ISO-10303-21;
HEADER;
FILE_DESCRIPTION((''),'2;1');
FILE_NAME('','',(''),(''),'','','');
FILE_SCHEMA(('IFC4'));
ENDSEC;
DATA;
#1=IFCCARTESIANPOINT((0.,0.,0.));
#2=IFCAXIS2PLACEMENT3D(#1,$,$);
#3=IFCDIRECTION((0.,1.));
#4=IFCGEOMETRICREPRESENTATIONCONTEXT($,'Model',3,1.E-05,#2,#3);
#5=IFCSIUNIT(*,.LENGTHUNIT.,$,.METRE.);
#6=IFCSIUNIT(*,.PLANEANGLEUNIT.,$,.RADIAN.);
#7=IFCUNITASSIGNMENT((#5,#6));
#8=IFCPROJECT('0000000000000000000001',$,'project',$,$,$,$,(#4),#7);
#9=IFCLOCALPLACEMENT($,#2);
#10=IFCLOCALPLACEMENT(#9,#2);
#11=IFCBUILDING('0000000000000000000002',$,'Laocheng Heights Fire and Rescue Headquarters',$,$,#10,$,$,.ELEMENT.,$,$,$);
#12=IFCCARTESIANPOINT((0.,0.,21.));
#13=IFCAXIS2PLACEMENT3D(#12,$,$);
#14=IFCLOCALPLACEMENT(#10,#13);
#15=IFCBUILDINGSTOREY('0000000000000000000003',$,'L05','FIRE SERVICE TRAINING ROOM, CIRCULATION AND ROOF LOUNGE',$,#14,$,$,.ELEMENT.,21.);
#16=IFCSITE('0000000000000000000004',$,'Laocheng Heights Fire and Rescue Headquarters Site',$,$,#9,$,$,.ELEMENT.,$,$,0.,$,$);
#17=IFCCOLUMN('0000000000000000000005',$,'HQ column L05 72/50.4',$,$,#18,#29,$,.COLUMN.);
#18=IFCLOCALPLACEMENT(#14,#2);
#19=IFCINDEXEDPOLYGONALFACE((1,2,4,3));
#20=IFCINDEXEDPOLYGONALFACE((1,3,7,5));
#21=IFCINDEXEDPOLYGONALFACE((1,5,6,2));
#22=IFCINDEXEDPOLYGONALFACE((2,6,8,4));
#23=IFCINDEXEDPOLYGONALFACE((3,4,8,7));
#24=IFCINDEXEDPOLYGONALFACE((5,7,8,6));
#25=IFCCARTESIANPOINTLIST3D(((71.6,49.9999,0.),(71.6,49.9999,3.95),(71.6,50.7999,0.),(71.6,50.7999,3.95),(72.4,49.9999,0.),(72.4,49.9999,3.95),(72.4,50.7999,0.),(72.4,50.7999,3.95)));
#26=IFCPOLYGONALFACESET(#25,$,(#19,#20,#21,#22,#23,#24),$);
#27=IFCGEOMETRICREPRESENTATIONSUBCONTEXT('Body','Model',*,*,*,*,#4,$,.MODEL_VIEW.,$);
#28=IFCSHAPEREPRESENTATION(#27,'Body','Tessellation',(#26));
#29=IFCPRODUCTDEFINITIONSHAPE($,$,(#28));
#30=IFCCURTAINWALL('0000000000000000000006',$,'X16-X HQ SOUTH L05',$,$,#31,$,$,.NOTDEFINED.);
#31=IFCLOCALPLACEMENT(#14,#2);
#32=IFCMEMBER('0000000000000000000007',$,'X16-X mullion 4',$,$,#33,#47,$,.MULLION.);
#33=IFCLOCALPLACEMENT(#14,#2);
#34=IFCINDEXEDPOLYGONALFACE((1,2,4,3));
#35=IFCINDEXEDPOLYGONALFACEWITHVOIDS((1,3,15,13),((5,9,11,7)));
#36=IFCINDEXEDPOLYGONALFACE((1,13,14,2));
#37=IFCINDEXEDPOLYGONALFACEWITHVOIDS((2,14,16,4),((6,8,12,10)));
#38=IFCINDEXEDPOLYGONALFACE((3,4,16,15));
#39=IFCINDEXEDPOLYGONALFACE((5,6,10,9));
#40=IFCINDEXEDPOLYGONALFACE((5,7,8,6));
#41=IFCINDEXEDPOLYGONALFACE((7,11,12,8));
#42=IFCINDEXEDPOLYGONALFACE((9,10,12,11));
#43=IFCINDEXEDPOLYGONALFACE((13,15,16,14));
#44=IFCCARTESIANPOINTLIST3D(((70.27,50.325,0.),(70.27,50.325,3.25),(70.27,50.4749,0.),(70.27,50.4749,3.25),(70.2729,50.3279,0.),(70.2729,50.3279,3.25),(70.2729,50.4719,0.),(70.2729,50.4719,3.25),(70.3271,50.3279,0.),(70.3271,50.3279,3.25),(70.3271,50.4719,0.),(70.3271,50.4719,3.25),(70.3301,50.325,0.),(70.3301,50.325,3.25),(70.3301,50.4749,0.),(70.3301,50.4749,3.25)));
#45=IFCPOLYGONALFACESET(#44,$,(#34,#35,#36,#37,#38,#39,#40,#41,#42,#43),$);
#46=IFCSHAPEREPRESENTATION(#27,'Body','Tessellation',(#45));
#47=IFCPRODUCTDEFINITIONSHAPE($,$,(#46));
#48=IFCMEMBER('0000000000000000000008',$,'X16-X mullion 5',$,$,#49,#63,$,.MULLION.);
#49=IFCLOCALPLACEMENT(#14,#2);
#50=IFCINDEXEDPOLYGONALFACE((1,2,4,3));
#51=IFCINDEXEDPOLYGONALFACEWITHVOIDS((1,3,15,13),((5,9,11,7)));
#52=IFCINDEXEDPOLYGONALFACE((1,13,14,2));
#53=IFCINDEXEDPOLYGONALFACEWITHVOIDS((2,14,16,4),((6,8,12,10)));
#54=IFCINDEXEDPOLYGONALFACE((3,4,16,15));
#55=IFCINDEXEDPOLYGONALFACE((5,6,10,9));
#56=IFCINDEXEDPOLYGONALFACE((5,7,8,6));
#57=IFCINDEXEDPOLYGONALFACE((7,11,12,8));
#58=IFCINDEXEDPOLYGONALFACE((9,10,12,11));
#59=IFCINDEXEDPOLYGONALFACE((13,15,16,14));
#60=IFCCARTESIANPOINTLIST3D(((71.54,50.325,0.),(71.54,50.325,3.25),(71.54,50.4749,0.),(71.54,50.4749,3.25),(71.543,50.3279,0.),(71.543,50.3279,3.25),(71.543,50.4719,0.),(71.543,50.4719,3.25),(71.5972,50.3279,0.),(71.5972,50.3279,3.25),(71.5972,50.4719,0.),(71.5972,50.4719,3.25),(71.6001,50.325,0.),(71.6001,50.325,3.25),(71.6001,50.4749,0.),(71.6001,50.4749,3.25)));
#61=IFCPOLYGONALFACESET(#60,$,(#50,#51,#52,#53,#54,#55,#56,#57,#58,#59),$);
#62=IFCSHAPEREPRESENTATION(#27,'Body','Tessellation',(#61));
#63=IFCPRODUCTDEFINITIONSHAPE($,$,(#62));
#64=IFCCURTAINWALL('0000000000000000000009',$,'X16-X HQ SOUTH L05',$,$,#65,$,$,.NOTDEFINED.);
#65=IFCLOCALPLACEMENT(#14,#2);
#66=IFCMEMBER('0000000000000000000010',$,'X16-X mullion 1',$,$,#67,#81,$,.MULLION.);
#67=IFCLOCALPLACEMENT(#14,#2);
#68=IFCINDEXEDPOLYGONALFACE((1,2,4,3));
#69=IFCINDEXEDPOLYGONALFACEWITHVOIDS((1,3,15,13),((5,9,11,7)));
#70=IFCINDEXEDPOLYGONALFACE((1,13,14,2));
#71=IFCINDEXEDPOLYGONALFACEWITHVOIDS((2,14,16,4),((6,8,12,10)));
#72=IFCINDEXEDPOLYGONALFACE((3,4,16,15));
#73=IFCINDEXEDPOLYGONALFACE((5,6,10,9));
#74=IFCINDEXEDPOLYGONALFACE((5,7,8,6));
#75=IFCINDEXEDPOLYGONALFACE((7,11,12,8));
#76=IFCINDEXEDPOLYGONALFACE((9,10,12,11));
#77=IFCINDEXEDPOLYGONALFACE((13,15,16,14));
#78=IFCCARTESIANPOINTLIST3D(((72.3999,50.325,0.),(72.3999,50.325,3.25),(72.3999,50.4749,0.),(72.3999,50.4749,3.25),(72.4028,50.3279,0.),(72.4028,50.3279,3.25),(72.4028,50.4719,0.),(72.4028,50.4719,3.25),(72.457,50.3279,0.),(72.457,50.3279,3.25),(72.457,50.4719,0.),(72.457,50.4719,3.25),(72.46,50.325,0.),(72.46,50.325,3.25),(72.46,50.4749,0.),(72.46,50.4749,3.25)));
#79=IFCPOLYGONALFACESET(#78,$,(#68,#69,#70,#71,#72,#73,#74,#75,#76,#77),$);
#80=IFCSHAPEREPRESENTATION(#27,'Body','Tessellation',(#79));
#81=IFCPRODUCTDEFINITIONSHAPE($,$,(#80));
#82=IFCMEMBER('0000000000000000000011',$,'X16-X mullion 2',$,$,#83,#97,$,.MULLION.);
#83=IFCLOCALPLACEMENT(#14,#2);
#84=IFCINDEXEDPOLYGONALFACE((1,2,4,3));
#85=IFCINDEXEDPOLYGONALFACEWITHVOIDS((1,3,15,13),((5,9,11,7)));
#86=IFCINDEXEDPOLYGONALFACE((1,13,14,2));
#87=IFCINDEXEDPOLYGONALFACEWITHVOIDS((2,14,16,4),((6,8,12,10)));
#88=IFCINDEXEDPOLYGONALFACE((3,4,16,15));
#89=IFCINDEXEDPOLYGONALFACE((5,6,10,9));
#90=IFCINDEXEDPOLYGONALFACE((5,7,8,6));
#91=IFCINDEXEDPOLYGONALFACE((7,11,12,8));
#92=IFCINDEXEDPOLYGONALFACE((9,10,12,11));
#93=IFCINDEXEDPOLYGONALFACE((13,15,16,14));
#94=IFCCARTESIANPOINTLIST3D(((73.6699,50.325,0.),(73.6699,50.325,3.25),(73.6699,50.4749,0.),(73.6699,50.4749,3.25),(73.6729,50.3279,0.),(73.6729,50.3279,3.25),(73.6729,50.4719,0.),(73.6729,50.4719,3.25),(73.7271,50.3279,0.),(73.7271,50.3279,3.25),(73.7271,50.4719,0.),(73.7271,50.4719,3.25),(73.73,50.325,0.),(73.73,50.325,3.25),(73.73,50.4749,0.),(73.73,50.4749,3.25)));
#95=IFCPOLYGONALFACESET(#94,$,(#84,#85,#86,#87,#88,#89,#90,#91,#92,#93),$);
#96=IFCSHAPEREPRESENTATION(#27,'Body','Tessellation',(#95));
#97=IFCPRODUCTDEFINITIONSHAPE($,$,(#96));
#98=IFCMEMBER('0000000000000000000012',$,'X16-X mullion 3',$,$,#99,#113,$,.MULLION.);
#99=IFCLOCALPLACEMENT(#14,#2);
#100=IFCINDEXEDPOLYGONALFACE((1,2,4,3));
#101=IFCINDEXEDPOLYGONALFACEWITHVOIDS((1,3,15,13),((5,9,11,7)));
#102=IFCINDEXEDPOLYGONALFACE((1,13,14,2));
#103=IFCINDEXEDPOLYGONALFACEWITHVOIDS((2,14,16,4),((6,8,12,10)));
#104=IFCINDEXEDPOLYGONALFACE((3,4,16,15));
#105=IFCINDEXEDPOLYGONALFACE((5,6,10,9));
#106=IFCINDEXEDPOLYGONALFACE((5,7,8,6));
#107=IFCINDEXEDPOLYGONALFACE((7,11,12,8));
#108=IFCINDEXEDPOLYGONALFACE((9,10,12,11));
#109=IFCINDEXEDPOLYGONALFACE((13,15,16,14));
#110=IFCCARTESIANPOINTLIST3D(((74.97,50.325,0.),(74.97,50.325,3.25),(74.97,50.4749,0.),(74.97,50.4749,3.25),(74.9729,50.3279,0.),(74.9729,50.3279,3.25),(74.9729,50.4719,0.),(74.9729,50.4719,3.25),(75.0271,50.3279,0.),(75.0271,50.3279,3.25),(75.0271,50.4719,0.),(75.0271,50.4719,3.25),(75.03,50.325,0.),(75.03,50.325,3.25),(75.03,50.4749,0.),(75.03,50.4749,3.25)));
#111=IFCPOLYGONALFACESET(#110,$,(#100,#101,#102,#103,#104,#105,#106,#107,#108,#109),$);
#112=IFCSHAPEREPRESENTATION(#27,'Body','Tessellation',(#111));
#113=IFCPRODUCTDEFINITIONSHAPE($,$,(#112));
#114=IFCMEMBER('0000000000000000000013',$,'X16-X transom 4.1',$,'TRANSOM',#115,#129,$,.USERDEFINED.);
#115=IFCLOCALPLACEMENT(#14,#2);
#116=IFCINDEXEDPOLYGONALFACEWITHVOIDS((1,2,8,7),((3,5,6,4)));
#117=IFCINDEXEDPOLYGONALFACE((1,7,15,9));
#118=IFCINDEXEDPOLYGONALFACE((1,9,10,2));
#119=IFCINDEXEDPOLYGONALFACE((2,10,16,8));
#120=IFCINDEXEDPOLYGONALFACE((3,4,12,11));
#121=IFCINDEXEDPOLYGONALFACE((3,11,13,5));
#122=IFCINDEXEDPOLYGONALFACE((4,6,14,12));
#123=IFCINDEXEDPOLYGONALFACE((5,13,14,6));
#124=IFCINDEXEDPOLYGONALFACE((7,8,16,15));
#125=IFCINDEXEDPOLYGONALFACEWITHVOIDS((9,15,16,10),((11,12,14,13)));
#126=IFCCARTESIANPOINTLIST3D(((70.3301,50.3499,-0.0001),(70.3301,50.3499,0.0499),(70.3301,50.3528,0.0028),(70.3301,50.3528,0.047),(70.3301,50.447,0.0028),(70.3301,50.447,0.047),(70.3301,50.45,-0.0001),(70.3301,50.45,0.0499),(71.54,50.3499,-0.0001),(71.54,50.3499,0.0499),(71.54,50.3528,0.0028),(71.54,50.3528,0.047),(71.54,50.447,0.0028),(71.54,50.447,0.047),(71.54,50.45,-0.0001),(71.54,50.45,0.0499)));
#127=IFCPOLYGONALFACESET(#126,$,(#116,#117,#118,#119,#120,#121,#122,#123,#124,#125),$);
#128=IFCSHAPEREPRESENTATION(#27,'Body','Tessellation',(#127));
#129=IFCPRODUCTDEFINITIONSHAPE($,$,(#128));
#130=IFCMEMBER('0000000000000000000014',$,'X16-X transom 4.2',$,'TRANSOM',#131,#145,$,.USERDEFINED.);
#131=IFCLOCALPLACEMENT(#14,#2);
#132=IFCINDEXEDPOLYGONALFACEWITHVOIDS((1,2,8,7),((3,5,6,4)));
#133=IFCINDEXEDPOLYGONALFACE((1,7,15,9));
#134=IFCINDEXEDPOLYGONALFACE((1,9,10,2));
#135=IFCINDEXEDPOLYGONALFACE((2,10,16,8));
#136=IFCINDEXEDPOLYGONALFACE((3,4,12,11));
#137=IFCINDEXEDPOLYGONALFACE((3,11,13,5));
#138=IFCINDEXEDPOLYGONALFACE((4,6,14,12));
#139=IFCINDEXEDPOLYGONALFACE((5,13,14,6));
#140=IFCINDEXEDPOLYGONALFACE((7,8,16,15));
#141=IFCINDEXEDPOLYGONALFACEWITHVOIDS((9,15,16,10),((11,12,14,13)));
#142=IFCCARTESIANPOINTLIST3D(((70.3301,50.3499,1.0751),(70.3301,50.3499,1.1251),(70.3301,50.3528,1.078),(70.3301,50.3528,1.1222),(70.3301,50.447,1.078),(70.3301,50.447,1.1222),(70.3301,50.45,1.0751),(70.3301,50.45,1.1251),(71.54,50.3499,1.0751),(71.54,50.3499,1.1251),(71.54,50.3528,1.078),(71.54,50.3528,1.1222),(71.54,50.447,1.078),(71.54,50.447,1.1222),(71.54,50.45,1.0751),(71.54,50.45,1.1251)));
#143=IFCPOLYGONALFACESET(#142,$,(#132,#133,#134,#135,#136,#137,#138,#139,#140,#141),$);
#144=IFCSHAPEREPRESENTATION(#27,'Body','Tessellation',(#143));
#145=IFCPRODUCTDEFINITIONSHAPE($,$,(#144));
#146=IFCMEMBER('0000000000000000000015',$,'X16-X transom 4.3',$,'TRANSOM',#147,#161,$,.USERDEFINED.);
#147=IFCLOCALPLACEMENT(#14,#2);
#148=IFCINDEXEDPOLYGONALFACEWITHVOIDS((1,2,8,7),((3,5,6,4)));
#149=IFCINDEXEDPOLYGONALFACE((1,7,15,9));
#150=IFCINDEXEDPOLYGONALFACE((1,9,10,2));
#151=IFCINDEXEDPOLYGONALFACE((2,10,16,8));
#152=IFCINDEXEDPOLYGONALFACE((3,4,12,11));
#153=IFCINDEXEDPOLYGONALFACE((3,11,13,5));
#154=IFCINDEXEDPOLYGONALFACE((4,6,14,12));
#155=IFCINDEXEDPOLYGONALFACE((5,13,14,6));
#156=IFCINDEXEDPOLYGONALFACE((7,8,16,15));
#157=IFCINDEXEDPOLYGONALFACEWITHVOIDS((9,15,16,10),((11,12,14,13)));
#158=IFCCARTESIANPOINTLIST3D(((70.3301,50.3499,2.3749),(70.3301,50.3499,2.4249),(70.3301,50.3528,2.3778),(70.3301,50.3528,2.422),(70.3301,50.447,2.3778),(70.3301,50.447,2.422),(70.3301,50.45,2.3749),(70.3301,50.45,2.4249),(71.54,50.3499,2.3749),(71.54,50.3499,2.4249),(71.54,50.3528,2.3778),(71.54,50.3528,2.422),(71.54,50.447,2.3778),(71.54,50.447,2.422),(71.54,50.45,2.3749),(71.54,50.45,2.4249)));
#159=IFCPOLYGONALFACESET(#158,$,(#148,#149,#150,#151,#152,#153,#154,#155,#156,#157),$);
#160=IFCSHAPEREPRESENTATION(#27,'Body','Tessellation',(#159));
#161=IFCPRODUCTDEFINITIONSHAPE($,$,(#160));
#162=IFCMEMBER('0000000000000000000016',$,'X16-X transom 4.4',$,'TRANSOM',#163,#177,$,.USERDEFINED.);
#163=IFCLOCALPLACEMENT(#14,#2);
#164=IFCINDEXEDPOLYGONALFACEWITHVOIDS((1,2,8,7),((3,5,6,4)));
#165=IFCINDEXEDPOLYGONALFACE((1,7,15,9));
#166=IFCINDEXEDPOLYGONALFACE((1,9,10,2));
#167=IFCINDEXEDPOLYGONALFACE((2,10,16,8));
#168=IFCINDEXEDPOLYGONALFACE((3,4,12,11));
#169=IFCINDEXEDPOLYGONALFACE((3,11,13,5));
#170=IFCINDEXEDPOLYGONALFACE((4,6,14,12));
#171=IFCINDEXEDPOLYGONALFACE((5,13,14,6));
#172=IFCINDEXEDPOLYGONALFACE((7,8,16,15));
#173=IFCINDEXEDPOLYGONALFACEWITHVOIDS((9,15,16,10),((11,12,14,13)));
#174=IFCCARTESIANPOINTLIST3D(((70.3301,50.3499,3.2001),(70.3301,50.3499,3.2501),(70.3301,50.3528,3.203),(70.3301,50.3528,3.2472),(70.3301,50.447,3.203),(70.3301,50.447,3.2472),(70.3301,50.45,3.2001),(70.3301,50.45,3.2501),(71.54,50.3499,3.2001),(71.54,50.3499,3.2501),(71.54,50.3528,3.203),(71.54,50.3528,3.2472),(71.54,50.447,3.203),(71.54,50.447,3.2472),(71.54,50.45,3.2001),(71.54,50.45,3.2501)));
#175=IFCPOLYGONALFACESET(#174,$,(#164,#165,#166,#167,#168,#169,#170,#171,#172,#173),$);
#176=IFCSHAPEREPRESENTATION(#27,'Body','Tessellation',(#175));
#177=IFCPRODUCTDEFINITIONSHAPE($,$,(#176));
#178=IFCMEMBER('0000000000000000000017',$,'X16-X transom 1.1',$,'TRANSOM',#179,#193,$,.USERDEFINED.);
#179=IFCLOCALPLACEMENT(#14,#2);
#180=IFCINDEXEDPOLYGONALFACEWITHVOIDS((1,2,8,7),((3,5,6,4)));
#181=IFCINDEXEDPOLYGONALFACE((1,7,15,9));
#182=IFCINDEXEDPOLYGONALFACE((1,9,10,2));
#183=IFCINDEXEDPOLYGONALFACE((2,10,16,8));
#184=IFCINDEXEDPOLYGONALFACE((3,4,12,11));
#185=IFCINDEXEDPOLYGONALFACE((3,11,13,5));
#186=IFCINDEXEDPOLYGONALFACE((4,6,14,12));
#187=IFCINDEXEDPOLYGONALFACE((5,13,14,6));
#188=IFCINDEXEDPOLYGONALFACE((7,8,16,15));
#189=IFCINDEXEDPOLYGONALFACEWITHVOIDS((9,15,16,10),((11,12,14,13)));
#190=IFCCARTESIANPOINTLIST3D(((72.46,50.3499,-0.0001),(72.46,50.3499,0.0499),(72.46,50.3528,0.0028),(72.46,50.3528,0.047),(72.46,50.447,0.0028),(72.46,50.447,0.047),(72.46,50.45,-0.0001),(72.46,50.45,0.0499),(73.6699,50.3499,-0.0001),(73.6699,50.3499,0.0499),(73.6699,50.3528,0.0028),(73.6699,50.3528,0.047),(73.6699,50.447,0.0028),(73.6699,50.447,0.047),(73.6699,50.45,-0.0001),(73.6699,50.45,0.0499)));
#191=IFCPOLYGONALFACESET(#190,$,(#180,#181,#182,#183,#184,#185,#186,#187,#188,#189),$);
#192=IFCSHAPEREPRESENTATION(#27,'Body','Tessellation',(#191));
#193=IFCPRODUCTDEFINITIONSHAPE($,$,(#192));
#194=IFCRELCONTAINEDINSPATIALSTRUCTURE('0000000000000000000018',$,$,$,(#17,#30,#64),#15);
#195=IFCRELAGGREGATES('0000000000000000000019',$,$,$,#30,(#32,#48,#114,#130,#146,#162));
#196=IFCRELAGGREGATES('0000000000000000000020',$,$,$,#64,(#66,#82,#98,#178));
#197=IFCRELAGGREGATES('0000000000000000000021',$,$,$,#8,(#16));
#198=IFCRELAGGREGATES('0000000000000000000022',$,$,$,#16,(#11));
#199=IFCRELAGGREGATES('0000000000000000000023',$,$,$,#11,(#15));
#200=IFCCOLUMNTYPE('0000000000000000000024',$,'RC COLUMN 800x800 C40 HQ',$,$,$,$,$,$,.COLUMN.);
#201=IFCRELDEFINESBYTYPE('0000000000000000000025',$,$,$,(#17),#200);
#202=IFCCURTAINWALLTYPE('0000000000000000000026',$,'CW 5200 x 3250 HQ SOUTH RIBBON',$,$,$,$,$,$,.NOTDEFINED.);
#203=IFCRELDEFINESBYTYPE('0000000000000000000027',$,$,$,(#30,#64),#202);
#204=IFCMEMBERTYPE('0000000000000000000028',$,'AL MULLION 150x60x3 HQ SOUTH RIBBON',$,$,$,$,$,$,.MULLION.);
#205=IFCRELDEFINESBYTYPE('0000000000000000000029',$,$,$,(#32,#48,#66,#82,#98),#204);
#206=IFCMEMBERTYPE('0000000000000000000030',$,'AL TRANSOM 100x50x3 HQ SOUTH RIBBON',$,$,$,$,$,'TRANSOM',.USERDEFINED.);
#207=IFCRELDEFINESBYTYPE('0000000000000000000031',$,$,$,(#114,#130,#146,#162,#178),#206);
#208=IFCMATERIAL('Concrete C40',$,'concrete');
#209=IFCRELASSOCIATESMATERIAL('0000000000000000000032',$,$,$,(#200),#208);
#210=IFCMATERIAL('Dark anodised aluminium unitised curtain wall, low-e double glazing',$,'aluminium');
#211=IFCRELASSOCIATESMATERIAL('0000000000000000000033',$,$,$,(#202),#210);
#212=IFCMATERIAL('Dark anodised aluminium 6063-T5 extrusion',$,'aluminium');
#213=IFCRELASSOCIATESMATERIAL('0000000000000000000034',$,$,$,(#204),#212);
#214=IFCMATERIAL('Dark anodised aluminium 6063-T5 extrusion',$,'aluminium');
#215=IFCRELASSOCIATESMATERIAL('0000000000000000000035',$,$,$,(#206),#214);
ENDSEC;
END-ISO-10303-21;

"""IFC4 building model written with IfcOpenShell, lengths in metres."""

from ifc_helpers import new_model, si_unit, direction, frame, origin, origin_2d, place, context, subcontext, project, spatial, rectangle, hollow_rectangle, extrude, material, material_profile, profile_set, type_object, element, aggregate, save


model = new_model("IFC4")

# Units and contexts
model_context = context("Model", 3, precision=1e-05, world=origin(), true_north=direction((0.0, 1.0)))
body_context = subcontext(model_context, "Body", "Model", "MODEL_VIEW")
ifc_project = project(units=[si_unit("LENGTHUNIT", "METRE"), si_unit("PLANEANGLEUNIT", "RADIAN")], contexts=[model_context])

# Site, building, storey
site_placement = place(None, origin())
site = spatial("IfcSite", under=ifc_project, at=site_placement, Name="Laocheng Heights Fire and Rescue Headquarters Site", CompositionType="ELEMENT", RefElevation=0.0)
building_placement = place(site_placement, origin())
building = spatial("IfcBuilding", under=site, at=building_placement, Name="Laocheng Heights Fire and Rescue Headquarters", CompositionType="ELEMENT")
storey_placement = place(building_placement, frame((0.0, 0.0, 21.0)))
storey = spatial("IfcBuildingStorey", under=building, at=storey_placement, Name="L05", Description="FIRE SERVICE TRAINING ROOM, CIRCULATION AND ROOF LOUNGE", CompositionType="ELEMENT", Elevation=21.0)

# Column
ifc_material_1 = material(Name="Concrete C40", Category="concrete")
ifc_material_profile_1 = material_profile(ifc_material_1, rectangle(XDim=0.8, YDim=0.8, at=origin_2d()), Name="RC COLUMN 800x800 C40 HQ")
ifc_profile_set_1 = profile_set([ifc_material_profile_1], Name="Concrete C40")
column_type = type_object("IfcColumnType", Name="RC COLUMN 800x800 C40 HQ", PredefinedType="COLUMN", material=ifc_profile_set_1)
column_placement = place(storey_placement, frame((72.0, 50.3999, 0.0), z_axis=(0.0, 0.0, 1.0), x_axis=(1.0, 0.0, 0.0)))
element("IfcColumn", 1, at=column_placement, inside=storey, type_object=column_type, Name="HQ column L05 72/50.4", PredefinedType="COLUMN", context=body_context, shape_type="SweptSolid", body=[
    extrude(rectangle(XDim=0.8, YDim=0.8, at=origin_2d()), origin(), (0.0, 0.0, 1.0), 3.95),
])

# Curtain walls, members
ifc_material_2 = material(Name="Dark anodised aluminium unitised curtain wall, low-e double glazing", Category="aluminium")
curtain_wall_type = type_object("IfcCurtainWallType", Name="CW 5200 x 3250 HQ SOUTH RIBBON", PredefinedType="NOTDEFINED", material=ifc_material_2)
curtain_wall_1_placement = place(storey_placement, origin())
curtain_wall_1 = element("IfcCurtainWall", 2, at=curtain_wall_1_placement, inside=storey, type_object=curtain_wall_type, Name="X16-X HQ SOUTH L05", PredefinedType="NOTDEFINED")
ifc_material_3 = material(Name="Dark anodised aluminium 6063-T5 extrusion", Category="aluminium")
ifc_material_profile_2 = material_profile(ifc_material_3, hollow_rectangle(XDim=0.1499, YDim=0.0601, WallThickness=0.0029, at=origin_2d()), Name="AL MULLION 150x60x3 HQ SOUTH RIBBON")
ifc_profile_set_2 = profile_set([ifc_material_profile_2], Name="Dark anodised aluminium 6063-T5 extrusion")
member_type_1 = type_object("IfcMemberType", Name="AL MULLION 150x60x3 HQ SOUTH RIBBON", PredefinedType="MULLION", material=ifc_profile_set_2)
member_1_placement = place(storey_placement, frame((70.3, 50.3999, 0.0), z_axis=(0.0, 0.0, 1.0), x_axis=(0.0, 1.0, 0.0)))
member_1 = element("IfcMember", 3, at=member_1_placement, type_object=member_type_1, Name="X16-X mullion 4", PredefinedType="MULLION", context=body_context, shape_type="SweptSolid", body=[
    extrude(hollow_rectangle(XDim=0.1499, YDim=0.0601, WallThickness=0.0029, at=origin_2d()), origin(), (0.0, 0.0, 1.0), 3.25),
])
member_2_placement = place(storey_placement, frame((71.5701, 50.3999, 0.0), z_axis=(0.0, 0.0, 1.0), x_axis=(0.0, 1.0, 0.0)))
member_2 = element("IfcMember", 4, at=member_2_placement, type_object=member_type_1, Name="X16-X mullion 5", PredefinedType="MULLION", context=body_context, shape_type="SweptSolid", body=[
    extrude(hollow_rectangle(XDim=0.1499, YDim=0.0601, WallThickness=0.0029, at=origin_2d()), origin(), (0.0, 0.0, 1.0), 3.25),
])
curtain_wall_2_placement = place(storey_placement, origin())
curtain_wall_2 = element("IfcCurtainWall", 5, at=curtain_wall_2_placement, inside=storey, type_object=curtain_wall_type, Name="X16-X HQ SOUTH L05", PredefinedType="NOTDEFINED")
member_3_placement = place(storey_placement, frame((72.4299, 50.3999, 0.0), z_axis=(0.0, 0.0, 1.0), x_axis=(0.0, 1.0, 0.0)))
member_3 = element("IfcMember", 6, at=member_3_placement, type_object=member_type_1, Name="X16-X mullion 1", PredefinedType="MULLION", context=body_context, shape_type="SweptSolid", body=[
    extrude(hollow_rectangle(XDim=0.1499, YDim=0.0601, WallThickness=0.0029, at=origin_2d()), origin(), (0.0, 0.0, 1.0), 3.25),
])
member_4_placement = place(storey_placement, frame((73.7, 50.3999, 0.0), z_axis=(0.0, 0.0, 1.0), x_axis=(0.0, 1.0, 0.0)))
member_4 = element("IfcMember", 7, at=member_4_placement, type_object=member_type_1, Name="X16-X mullion 2", PredefinedType="MULLION", context=body_context, shape_type="SweptSolid", body=[
    extrude(hollow_rectangle(XDim=0.1499, YDim=0.0601, WallThickness=0.0029, at=origin_2d()), origin(), (0.0, 0.0, 1.0), 3.25),
])
member_5_placement = place(storey_placement, frame((75.0, 50.3999, 0.0), z_axis=(0.0, 0.0, 1.0), x_axis=(0.0, 1.0, 0.0)))
member_5 = element("IfcMember", 8, at=member_5_placement, type_object=member_type_1, Name="X16-X mullion 3", PredefinedType="MULLION", context=body_context, shape_type="SweptSolid", body=[
    extrude(hollow_rectangle(XDim=0.1499, YDim=0.0601, WallThickness=0.0029, at=origin_2d()), origin(), (0.0, 0.0, 1.0), 3.25),
])

# Members
ifc_material_4 = material(Name="Dark anodised aluminium 6063-T5 extrusion", Category="aluminium")
ifc_material_profile_3 = material_profile(ifc_material_4, hollow_rectangle(XDim=0.1001, YDim=0.05, WallThickness=0.0029, at=origin_2d()), Name="AL TRANSOM 100x50x3 HQ SOUTH RIBBON")
ifc_profile_set_3 = profile_set([ifc_material_profile_3], Name="Dark anodised aluminium 6063-T5 extrusion")
member_type_2 = type_object("IfcMemberType", Name="AL TRANSOM 100x50x3 HQ SOUTH RIBBON", ElementType="TRANSOM", PredefinedType="USERDEFINED", material=ifc_profile_set_3)
member_6_placement = place(storey_placement, frame((70.3301, 50.3999, 0.0249), z_axis=(1.0, 0.0, 0.0), x_axis=(0.0, 1.0, 0.0)))
member_6 = element("IfcMember", 9, at=member_6_placement, type_object=member_type_2, Name="X16-X transom 4.1", ObjectType="TRANSOM", PredefinedType="USERDEFINED", context=body_context, shape_type="SweptSolid", body=[
    extrude(hollow_rectangle(XDim=0.1001, YDim=0.05, WallThickness=0.0029, at=origin_2d()), origin(), (0.0, 0.0, 1.0), 1.21),
])
member_7_placement = place(storey_placement, frame((70.3301, 50.3999, 1.1001), z_axis=(1.0, 0.0, 0.0), x_axis=(0.0, 1.0, 0.0)))
member_7 = element("IfcMember", 10, at=member_7_placement, type_object=member_type_2, Name="X16-X transom 4.2", ObjectType="TRANSOM", PredefinedType="USERDEFINED", context=body_context, shape_type="SweptSolid", body=[
    extrude(hollow_rectangle(XDim=0.1001, YDim=0.05, WallThickness=0.0029, at=origin_2d()), origin(), (0.0, 0.0, 1.0), 1.21),
])
member_8_placement = place(storey_placement, frame((70.3301, 50.3999, 2.3999), z_axis=(1.0, 0.0, 0.0), x_axis=(0.0, 1.0, 0.0)))
member_8 = element("IfcMember", 11, at=member_8_placement, type_object=member_type_2, Name="X16-X transom 4.3", ObjectType="TRANSOM", PredefinedType="USERDEFINED", context=body_context, shape_type="SweptSolid", body=[
    extrude(hollow_rectangle(XDim=0.1001, YDim=0.05, WallThickness=0.0029, at=origin_2d()), origin(), (0.0, 0.0, 1.0), 1.21),
])
member_9_placement = place(storey_placement, frame((70.3301, 50.3999, 3.2251), z_axis=(1.0, 0.0, 0.0), x_axis=(0.0, 1.0, 0.0)))
member_9 = element("IfcMember", 12, at=member_9_placement, type_object=member_type_2, Name="X16-X transom 4.4", ObjectType="TRANSOM", PredefinedType="USERDEFINED", context=body_context, shape_type="SweptSolid", body=[
    extrude(hollow_rectangle(XDim=0.1001, YDim=0.05, WallThickness=0.0029, at=origin_2d()), origin(), (0.0, 0.0, 1.0), 1.21),
])
member_10_placement = place(storey_placement, frame((72.46, 50.3999, 0.0249), z_axis=(1.0, 0.0, 0.0), x_axis=(0.0, 1.0, 0.0)))
member_10 = element("IfcMember", 13, at=member_10_placement, type_object=member_type_2, Name="X16-X transom 1.1", ObjectType="TRANSOM", PredefinedType="USERDEFINED", context=body_context, shape_type="SweptSolid", body=[
    extrude(hollow_rectangle(XDim=0.1001, YDim=0.05, WallThickness=0.0029, at=origin_2d()), origin(), (0.0, 0.0, 1.0), 1.21),
])

aggregate(curtain_wall_1, [member_1, member_2, member_6, member_7, member_8, member_9])
aggregate(curtain_wall_2, [member_3, member_4, member_5, member_10])

save(model, "model.ifc")
